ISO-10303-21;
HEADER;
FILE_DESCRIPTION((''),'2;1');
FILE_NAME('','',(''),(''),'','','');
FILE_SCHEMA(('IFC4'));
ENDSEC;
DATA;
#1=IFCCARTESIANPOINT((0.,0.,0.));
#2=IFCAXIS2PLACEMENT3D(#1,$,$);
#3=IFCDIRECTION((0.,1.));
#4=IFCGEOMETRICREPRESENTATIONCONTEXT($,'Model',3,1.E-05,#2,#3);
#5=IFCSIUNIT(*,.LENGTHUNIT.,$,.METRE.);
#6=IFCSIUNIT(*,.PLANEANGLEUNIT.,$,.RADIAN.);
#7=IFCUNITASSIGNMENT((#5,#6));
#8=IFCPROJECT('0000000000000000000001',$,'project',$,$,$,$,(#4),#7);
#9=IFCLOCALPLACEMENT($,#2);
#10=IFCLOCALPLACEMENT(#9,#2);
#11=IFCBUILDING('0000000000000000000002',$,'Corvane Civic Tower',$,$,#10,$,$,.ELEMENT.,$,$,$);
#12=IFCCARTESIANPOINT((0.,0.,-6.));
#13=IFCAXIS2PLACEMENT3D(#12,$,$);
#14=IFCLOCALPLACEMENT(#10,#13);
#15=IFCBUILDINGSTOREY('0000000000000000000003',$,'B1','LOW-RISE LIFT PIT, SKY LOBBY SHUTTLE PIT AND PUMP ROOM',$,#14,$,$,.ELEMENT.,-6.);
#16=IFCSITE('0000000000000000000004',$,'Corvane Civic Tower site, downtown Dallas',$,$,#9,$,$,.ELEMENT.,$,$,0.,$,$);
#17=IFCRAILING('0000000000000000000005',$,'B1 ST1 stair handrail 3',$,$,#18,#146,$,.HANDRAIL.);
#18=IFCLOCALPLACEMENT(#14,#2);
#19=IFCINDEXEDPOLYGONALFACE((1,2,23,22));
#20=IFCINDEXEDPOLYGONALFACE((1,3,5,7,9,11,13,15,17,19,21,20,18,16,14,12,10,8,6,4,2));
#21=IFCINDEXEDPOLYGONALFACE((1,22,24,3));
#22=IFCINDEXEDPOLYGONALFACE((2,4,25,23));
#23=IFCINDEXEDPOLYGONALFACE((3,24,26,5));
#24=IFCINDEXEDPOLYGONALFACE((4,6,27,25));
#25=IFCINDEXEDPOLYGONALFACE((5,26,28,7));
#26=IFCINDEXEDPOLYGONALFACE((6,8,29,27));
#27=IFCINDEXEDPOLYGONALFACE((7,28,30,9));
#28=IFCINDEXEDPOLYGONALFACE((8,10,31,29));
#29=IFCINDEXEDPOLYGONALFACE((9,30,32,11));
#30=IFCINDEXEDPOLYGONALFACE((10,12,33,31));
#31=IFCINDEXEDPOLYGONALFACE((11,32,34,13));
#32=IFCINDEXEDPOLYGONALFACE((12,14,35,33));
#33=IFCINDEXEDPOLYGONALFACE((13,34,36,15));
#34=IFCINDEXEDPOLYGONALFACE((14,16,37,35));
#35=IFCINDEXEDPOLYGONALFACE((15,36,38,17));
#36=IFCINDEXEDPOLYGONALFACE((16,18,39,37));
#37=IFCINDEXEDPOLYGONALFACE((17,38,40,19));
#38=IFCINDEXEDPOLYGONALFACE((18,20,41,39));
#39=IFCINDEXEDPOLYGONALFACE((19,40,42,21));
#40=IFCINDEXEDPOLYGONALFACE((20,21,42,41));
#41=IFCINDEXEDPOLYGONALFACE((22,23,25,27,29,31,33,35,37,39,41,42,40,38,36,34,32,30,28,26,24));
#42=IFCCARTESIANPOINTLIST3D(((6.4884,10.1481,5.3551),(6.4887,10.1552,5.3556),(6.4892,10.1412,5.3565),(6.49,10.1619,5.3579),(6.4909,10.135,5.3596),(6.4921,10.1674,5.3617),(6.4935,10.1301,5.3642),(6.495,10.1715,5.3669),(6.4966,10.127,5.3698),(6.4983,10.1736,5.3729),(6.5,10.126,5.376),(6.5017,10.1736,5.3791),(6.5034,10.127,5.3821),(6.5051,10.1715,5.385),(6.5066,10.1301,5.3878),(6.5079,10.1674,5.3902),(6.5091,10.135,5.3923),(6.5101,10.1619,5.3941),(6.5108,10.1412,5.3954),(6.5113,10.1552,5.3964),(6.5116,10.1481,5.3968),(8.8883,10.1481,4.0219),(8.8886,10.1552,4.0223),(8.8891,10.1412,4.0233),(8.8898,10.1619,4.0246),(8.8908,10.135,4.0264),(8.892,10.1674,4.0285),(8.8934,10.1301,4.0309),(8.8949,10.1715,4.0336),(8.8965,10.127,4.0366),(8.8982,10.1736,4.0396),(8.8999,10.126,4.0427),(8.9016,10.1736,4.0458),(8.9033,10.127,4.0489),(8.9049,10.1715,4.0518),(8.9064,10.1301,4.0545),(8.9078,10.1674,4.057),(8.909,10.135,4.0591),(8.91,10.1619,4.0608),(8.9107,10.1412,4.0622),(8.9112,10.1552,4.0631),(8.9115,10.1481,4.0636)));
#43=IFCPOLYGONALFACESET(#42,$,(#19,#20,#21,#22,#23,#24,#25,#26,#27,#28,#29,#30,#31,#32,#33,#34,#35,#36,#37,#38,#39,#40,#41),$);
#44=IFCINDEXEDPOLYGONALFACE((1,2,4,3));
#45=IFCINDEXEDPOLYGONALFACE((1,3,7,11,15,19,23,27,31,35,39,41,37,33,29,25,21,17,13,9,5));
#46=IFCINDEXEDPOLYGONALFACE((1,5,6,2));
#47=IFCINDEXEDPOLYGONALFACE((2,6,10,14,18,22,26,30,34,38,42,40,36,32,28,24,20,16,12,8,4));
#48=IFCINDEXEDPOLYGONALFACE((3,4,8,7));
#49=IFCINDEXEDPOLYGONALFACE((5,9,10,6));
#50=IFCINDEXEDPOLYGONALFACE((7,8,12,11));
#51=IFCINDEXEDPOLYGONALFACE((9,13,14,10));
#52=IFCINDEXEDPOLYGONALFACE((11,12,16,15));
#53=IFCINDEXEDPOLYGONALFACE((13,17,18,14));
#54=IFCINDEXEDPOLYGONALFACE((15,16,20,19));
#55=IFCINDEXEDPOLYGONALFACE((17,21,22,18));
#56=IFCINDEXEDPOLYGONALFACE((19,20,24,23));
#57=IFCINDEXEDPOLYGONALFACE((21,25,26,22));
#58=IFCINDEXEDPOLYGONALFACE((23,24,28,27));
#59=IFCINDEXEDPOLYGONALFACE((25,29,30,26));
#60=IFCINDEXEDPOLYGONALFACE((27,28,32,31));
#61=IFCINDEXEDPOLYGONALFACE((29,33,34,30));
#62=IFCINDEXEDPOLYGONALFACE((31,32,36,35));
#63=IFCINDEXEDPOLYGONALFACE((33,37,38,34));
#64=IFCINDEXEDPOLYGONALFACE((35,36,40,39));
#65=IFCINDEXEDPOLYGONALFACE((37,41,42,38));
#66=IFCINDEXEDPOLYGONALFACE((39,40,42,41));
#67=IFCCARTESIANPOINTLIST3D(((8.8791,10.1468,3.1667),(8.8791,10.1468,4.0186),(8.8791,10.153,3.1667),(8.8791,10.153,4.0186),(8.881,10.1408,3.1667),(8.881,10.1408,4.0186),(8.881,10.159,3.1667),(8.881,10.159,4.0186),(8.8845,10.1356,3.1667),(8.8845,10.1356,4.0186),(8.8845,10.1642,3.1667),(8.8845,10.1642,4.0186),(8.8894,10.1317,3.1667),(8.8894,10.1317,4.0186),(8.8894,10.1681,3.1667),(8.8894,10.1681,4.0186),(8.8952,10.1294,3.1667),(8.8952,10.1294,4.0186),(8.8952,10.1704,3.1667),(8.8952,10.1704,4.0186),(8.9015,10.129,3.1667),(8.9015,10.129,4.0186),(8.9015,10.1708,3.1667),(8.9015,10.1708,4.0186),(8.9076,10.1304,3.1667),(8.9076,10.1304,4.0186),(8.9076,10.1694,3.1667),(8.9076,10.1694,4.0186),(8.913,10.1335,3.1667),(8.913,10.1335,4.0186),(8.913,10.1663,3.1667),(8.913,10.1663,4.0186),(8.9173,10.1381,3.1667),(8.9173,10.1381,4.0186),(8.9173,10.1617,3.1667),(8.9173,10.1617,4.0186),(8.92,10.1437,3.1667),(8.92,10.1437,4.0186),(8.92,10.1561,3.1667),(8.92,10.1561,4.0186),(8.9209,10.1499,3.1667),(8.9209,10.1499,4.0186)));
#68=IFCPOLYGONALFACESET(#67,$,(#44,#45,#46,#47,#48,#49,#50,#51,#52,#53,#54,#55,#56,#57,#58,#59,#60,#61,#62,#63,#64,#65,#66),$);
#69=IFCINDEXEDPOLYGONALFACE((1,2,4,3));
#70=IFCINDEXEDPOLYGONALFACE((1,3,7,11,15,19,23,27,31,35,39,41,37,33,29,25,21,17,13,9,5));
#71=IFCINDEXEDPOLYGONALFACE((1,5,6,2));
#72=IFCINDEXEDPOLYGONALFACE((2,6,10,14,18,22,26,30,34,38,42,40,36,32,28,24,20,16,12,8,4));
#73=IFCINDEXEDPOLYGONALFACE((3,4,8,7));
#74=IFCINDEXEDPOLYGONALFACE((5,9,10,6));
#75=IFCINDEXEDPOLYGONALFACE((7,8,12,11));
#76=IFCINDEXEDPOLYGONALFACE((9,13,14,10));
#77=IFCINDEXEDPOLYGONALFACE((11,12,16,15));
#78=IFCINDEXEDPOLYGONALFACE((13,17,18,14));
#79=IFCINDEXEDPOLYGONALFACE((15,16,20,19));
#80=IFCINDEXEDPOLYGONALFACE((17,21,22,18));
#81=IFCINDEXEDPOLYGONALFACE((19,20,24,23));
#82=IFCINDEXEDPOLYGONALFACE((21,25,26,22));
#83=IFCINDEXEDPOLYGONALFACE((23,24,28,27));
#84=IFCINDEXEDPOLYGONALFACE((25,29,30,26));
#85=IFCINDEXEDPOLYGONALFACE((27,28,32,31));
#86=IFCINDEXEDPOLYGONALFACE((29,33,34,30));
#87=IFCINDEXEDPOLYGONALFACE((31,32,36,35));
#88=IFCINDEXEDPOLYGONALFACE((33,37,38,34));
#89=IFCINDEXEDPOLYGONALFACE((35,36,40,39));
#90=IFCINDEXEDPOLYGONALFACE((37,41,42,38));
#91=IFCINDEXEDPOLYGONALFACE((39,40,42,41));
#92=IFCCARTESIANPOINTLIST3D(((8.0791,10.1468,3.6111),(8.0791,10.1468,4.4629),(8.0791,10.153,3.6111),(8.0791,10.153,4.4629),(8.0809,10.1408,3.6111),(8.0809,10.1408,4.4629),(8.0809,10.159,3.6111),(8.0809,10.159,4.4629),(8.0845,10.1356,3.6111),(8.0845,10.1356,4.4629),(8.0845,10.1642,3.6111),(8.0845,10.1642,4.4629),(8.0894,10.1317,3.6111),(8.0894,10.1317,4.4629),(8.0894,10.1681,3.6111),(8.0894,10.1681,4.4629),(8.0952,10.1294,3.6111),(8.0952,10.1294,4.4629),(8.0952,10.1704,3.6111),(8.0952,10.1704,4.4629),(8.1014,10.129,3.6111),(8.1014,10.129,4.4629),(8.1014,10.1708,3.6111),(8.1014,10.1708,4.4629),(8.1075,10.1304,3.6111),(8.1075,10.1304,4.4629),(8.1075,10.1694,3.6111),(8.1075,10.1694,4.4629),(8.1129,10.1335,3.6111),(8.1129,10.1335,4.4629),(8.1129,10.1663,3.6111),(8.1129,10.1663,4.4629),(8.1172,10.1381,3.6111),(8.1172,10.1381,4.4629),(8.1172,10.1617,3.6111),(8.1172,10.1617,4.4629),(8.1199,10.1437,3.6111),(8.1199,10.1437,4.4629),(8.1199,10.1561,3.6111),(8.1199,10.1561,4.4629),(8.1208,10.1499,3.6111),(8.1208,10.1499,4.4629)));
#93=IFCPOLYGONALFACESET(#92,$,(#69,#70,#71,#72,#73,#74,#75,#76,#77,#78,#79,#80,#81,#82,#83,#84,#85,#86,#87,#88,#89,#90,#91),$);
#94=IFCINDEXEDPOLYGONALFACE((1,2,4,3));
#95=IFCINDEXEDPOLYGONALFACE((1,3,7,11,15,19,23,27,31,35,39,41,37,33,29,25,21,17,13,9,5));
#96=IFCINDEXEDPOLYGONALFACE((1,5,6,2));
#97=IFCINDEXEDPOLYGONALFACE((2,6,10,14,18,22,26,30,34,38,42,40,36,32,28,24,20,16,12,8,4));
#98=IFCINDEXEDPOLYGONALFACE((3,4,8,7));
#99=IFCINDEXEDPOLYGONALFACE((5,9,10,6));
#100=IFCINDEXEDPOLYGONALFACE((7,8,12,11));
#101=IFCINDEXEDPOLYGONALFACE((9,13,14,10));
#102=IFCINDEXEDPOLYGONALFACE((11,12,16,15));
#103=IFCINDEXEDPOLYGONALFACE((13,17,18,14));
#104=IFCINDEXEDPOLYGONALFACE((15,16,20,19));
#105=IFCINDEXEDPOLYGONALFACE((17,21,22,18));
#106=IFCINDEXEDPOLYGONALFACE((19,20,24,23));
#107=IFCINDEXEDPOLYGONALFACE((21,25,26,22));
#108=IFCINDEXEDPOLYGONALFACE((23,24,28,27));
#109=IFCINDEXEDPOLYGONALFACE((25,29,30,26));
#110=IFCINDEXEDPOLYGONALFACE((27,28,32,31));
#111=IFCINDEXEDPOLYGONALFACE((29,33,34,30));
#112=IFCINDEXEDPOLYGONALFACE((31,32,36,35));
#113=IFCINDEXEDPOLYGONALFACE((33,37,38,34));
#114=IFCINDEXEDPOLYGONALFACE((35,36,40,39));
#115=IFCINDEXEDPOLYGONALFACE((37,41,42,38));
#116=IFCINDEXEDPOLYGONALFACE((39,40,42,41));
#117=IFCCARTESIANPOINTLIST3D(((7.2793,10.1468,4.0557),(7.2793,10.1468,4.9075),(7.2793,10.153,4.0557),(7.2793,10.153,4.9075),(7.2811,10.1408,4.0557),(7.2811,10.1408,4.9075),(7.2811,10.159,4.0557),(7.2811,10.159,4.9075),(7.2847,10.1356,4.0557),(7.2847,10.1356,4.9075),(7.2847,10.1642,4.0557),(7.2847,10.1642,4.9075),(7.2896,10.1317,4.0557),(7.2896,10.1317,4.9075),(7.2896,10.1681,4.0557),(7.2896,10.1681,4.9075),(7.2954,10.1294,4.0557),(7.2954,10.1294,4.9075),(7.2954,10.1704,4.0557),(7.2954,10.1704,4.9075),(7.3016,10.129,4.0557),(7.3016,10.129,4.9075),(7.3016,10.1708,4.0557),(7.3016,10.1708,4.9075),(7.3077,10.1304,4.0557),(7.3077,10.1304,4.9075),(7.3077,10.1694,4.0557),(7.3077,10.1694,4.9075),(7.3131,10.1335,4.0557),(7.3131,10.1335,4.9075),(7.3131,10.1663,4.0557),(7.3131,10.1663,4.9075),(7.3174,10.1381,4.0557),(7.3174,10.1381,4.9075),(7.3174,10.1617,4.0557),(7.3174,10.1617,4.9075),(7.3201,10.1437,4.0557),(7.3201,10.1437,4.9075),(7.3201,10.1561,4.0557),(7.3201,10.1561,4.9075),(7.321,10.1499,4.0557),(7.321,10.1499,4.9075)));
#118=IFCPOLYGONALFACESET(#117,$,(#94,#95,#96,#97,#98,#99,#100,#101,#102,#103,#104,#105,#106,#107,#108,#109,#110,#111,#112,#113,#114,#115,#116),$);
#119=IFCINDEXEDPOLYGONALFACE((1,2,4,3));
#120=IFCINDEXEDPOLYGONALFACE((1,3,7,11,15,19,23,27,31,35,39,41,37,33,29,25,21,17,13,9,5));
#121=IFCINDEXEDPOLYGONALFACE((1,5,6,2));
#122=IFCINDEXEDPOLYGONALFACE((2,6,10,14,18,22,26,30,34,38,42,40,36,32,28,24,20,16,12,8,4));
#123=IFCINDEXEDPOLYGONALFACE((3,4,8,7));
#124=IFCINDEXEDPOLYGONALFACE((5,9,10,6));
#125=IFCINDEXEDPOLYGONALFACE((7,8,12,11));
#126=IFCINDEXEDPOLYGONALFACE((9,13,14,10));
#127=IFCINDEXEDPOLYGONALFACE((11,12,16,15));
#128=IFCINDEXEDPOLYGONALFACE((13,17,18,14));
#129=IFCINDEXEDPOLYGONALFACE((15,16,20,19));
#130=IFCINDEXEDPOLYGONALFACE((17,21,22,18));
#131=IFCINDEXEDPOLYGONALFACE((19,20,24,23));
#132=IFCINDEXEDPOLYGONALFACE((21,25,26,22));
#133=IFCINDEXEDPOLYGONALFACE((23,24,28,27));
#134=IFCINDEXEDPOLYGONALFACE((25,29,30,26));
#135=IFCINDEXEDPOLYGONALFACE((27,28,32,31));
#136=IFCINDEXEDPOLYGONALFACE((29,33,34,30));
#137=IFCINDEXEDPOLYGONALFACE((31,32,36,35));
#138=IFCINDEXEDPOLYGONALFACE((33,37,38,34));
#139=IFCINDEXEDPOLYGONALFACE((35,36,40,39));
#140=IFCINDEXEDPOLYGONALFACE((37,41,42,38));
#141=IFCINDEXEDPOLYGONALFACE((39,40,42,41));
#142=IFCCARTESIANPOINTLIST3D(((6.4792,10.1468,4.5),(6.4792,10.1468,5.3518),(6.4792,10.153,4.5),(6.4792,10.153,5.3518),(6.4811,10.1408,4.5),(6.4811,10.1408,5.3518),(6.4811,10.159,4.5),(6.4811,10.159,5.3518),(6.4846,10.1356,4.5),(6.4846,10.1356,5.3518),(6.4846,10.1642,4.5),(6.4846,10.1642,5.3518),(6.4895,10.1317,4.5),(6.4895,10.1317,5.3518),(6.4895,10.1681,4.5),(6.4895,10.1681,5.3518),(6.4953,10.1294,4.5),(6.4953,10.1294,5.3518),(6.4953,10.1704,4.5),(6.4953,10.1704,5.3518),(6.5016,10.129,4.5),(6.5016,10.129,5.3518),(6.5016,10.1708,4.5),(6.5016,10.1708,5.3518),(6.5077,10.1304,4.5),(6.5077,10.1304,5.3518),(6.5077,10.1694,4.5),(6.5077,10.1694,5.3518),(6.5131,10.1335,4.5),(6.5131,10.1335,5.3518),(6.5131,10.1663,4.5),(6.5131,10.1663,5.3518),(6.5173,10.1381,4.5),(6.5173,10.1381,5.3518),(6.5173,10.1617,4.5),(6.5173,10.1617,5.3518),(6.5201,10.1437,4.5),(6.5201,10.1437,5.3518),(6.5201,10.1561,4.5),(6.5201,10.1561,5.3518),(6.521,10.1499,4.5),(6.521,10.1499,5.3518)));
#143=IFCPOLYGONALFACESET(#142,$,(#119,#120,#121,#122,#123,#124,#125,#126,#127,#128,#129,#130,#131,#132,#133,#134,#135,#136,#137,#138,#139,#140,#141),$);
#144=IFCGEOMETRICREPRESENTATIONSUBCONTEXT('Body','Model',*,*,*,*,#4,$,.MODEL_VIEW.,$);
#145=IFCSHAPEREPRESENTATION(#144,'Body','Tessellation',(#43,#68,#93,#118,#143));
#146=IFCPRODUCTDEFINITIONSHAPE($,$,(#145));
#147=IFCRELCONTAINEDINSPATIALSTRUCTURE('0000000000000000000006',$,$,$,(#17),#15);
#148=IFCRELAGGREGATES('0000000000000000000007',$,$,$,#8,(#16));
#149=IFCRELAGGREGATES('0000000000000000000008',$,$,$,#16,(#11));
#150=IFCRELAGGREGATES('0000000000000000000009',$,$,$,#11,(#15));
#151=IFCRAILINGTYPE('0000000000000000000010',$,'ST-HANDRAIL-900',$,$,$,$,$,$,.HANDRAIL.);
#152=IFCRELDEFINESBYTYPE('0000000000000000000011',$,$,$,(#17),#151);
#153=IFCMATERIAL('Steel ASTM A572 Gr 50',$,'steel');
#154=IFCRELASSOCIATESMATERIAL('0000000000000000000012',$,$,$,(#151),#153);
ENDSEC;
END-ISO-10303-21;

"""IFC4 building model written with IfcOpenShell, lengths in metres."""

from ifc_helpers import new_model, si_unit, direction, frame, origin, origin_2d, place, context, subcontext, project, spatial, circle, extrude, material, type_object, element, save


model = new_model("IFC4")

# Units and contexts
model_context = context("Model", 3, precision=1e-05, world=origin(), true_north=direction((0.0, 1.0)))
body_context = subcontext(model_context, "Body", "Model", "MODEL_VIEW")
ifc_project = project(units=[si_unit("LENGTHUNIT", "METRE"), si_unit("PLANEANGLEUNIT", "RADIAN")], contexts=[model_context])

# Site, building, storey
site_placement = place(None, origin())
site = spatial("IfcSite", under=ifc_project, at=site_placement, Name="Corvane Civic Tower site, downtown Dallas", CompositionType="ELEMENT", RefElevation=0.0)
building_placement = place(site_placement, origin())
building = spatial("IfcBuilding", under=site, at=building_placement, Name="Corvane Civic Tower", CompositionType="ELEMENT")
storey_placement = place(building_placement, frame((0.0, 0.0, -6.0)))
storey = spatial("IfcBuildingStorey", under=building, at=storey_placement, Name="B1", Description="LOW-RISE LIFT PIT, SKY LOBBY SHUTTLE PIT AND PUMP ROOM", CompositionType="ELEMENT", Elevation=-6.0)

# Railing
ifc_material_1 = material(Name="Steel ASTM A572 Gr 50", Category="steel")
railing_type_1 = type_object("IfcRailingType", Name="ST-HANDRAIL-900", PredefinedType="HANDRAIL", material=ifc_material_1)
for number, where, name in (
    (1, (8.8999, 10.1499, 3.1667), "B1 ST1 stair handrail 3"),
):
    element("IfcRailing", number, at=place(storey_placement, frame(where)), inside=storey, type_object=railing_type_1, Name=name, PredefinedType="HANDRAIL", context=body_context, shape_type="SweptSolid", body=[
        extrude(circle(Radius=0.0239, at=origin_2d()), frame((0.0, 0.0, 0.876), z_axis=(-0.874161, 0.0, 0.485635), x_axis=(0.0, -1.0, 0.0)), (0.0, 0.0, 1.0), 2.7454),
        extrude(circle(Radius=0.021, at=origin_2d()), origin(), (0.0, 0.0, 1.0), 0.8518),
        extrude(circle(Radius=0.021, at=origin_2d()), frame((-0.8, 0.0, 0.4443)), (0.0, 0.0, 1.0), 0.8518),
        extrude(circle(Radius=0.021, at=origin_2d()), frame((-1.5999, 0.0, 0.8889)), (0.0, 0.0, 1.0), 0.8518),
        extrude(circle(Radius=0.021, at=origin_2d()), frame((-2.3999, 0.0, 1.3333)), (0.0, 0.0, 1.0), 0.8518),
    ])

save(model, "model.ifc")
